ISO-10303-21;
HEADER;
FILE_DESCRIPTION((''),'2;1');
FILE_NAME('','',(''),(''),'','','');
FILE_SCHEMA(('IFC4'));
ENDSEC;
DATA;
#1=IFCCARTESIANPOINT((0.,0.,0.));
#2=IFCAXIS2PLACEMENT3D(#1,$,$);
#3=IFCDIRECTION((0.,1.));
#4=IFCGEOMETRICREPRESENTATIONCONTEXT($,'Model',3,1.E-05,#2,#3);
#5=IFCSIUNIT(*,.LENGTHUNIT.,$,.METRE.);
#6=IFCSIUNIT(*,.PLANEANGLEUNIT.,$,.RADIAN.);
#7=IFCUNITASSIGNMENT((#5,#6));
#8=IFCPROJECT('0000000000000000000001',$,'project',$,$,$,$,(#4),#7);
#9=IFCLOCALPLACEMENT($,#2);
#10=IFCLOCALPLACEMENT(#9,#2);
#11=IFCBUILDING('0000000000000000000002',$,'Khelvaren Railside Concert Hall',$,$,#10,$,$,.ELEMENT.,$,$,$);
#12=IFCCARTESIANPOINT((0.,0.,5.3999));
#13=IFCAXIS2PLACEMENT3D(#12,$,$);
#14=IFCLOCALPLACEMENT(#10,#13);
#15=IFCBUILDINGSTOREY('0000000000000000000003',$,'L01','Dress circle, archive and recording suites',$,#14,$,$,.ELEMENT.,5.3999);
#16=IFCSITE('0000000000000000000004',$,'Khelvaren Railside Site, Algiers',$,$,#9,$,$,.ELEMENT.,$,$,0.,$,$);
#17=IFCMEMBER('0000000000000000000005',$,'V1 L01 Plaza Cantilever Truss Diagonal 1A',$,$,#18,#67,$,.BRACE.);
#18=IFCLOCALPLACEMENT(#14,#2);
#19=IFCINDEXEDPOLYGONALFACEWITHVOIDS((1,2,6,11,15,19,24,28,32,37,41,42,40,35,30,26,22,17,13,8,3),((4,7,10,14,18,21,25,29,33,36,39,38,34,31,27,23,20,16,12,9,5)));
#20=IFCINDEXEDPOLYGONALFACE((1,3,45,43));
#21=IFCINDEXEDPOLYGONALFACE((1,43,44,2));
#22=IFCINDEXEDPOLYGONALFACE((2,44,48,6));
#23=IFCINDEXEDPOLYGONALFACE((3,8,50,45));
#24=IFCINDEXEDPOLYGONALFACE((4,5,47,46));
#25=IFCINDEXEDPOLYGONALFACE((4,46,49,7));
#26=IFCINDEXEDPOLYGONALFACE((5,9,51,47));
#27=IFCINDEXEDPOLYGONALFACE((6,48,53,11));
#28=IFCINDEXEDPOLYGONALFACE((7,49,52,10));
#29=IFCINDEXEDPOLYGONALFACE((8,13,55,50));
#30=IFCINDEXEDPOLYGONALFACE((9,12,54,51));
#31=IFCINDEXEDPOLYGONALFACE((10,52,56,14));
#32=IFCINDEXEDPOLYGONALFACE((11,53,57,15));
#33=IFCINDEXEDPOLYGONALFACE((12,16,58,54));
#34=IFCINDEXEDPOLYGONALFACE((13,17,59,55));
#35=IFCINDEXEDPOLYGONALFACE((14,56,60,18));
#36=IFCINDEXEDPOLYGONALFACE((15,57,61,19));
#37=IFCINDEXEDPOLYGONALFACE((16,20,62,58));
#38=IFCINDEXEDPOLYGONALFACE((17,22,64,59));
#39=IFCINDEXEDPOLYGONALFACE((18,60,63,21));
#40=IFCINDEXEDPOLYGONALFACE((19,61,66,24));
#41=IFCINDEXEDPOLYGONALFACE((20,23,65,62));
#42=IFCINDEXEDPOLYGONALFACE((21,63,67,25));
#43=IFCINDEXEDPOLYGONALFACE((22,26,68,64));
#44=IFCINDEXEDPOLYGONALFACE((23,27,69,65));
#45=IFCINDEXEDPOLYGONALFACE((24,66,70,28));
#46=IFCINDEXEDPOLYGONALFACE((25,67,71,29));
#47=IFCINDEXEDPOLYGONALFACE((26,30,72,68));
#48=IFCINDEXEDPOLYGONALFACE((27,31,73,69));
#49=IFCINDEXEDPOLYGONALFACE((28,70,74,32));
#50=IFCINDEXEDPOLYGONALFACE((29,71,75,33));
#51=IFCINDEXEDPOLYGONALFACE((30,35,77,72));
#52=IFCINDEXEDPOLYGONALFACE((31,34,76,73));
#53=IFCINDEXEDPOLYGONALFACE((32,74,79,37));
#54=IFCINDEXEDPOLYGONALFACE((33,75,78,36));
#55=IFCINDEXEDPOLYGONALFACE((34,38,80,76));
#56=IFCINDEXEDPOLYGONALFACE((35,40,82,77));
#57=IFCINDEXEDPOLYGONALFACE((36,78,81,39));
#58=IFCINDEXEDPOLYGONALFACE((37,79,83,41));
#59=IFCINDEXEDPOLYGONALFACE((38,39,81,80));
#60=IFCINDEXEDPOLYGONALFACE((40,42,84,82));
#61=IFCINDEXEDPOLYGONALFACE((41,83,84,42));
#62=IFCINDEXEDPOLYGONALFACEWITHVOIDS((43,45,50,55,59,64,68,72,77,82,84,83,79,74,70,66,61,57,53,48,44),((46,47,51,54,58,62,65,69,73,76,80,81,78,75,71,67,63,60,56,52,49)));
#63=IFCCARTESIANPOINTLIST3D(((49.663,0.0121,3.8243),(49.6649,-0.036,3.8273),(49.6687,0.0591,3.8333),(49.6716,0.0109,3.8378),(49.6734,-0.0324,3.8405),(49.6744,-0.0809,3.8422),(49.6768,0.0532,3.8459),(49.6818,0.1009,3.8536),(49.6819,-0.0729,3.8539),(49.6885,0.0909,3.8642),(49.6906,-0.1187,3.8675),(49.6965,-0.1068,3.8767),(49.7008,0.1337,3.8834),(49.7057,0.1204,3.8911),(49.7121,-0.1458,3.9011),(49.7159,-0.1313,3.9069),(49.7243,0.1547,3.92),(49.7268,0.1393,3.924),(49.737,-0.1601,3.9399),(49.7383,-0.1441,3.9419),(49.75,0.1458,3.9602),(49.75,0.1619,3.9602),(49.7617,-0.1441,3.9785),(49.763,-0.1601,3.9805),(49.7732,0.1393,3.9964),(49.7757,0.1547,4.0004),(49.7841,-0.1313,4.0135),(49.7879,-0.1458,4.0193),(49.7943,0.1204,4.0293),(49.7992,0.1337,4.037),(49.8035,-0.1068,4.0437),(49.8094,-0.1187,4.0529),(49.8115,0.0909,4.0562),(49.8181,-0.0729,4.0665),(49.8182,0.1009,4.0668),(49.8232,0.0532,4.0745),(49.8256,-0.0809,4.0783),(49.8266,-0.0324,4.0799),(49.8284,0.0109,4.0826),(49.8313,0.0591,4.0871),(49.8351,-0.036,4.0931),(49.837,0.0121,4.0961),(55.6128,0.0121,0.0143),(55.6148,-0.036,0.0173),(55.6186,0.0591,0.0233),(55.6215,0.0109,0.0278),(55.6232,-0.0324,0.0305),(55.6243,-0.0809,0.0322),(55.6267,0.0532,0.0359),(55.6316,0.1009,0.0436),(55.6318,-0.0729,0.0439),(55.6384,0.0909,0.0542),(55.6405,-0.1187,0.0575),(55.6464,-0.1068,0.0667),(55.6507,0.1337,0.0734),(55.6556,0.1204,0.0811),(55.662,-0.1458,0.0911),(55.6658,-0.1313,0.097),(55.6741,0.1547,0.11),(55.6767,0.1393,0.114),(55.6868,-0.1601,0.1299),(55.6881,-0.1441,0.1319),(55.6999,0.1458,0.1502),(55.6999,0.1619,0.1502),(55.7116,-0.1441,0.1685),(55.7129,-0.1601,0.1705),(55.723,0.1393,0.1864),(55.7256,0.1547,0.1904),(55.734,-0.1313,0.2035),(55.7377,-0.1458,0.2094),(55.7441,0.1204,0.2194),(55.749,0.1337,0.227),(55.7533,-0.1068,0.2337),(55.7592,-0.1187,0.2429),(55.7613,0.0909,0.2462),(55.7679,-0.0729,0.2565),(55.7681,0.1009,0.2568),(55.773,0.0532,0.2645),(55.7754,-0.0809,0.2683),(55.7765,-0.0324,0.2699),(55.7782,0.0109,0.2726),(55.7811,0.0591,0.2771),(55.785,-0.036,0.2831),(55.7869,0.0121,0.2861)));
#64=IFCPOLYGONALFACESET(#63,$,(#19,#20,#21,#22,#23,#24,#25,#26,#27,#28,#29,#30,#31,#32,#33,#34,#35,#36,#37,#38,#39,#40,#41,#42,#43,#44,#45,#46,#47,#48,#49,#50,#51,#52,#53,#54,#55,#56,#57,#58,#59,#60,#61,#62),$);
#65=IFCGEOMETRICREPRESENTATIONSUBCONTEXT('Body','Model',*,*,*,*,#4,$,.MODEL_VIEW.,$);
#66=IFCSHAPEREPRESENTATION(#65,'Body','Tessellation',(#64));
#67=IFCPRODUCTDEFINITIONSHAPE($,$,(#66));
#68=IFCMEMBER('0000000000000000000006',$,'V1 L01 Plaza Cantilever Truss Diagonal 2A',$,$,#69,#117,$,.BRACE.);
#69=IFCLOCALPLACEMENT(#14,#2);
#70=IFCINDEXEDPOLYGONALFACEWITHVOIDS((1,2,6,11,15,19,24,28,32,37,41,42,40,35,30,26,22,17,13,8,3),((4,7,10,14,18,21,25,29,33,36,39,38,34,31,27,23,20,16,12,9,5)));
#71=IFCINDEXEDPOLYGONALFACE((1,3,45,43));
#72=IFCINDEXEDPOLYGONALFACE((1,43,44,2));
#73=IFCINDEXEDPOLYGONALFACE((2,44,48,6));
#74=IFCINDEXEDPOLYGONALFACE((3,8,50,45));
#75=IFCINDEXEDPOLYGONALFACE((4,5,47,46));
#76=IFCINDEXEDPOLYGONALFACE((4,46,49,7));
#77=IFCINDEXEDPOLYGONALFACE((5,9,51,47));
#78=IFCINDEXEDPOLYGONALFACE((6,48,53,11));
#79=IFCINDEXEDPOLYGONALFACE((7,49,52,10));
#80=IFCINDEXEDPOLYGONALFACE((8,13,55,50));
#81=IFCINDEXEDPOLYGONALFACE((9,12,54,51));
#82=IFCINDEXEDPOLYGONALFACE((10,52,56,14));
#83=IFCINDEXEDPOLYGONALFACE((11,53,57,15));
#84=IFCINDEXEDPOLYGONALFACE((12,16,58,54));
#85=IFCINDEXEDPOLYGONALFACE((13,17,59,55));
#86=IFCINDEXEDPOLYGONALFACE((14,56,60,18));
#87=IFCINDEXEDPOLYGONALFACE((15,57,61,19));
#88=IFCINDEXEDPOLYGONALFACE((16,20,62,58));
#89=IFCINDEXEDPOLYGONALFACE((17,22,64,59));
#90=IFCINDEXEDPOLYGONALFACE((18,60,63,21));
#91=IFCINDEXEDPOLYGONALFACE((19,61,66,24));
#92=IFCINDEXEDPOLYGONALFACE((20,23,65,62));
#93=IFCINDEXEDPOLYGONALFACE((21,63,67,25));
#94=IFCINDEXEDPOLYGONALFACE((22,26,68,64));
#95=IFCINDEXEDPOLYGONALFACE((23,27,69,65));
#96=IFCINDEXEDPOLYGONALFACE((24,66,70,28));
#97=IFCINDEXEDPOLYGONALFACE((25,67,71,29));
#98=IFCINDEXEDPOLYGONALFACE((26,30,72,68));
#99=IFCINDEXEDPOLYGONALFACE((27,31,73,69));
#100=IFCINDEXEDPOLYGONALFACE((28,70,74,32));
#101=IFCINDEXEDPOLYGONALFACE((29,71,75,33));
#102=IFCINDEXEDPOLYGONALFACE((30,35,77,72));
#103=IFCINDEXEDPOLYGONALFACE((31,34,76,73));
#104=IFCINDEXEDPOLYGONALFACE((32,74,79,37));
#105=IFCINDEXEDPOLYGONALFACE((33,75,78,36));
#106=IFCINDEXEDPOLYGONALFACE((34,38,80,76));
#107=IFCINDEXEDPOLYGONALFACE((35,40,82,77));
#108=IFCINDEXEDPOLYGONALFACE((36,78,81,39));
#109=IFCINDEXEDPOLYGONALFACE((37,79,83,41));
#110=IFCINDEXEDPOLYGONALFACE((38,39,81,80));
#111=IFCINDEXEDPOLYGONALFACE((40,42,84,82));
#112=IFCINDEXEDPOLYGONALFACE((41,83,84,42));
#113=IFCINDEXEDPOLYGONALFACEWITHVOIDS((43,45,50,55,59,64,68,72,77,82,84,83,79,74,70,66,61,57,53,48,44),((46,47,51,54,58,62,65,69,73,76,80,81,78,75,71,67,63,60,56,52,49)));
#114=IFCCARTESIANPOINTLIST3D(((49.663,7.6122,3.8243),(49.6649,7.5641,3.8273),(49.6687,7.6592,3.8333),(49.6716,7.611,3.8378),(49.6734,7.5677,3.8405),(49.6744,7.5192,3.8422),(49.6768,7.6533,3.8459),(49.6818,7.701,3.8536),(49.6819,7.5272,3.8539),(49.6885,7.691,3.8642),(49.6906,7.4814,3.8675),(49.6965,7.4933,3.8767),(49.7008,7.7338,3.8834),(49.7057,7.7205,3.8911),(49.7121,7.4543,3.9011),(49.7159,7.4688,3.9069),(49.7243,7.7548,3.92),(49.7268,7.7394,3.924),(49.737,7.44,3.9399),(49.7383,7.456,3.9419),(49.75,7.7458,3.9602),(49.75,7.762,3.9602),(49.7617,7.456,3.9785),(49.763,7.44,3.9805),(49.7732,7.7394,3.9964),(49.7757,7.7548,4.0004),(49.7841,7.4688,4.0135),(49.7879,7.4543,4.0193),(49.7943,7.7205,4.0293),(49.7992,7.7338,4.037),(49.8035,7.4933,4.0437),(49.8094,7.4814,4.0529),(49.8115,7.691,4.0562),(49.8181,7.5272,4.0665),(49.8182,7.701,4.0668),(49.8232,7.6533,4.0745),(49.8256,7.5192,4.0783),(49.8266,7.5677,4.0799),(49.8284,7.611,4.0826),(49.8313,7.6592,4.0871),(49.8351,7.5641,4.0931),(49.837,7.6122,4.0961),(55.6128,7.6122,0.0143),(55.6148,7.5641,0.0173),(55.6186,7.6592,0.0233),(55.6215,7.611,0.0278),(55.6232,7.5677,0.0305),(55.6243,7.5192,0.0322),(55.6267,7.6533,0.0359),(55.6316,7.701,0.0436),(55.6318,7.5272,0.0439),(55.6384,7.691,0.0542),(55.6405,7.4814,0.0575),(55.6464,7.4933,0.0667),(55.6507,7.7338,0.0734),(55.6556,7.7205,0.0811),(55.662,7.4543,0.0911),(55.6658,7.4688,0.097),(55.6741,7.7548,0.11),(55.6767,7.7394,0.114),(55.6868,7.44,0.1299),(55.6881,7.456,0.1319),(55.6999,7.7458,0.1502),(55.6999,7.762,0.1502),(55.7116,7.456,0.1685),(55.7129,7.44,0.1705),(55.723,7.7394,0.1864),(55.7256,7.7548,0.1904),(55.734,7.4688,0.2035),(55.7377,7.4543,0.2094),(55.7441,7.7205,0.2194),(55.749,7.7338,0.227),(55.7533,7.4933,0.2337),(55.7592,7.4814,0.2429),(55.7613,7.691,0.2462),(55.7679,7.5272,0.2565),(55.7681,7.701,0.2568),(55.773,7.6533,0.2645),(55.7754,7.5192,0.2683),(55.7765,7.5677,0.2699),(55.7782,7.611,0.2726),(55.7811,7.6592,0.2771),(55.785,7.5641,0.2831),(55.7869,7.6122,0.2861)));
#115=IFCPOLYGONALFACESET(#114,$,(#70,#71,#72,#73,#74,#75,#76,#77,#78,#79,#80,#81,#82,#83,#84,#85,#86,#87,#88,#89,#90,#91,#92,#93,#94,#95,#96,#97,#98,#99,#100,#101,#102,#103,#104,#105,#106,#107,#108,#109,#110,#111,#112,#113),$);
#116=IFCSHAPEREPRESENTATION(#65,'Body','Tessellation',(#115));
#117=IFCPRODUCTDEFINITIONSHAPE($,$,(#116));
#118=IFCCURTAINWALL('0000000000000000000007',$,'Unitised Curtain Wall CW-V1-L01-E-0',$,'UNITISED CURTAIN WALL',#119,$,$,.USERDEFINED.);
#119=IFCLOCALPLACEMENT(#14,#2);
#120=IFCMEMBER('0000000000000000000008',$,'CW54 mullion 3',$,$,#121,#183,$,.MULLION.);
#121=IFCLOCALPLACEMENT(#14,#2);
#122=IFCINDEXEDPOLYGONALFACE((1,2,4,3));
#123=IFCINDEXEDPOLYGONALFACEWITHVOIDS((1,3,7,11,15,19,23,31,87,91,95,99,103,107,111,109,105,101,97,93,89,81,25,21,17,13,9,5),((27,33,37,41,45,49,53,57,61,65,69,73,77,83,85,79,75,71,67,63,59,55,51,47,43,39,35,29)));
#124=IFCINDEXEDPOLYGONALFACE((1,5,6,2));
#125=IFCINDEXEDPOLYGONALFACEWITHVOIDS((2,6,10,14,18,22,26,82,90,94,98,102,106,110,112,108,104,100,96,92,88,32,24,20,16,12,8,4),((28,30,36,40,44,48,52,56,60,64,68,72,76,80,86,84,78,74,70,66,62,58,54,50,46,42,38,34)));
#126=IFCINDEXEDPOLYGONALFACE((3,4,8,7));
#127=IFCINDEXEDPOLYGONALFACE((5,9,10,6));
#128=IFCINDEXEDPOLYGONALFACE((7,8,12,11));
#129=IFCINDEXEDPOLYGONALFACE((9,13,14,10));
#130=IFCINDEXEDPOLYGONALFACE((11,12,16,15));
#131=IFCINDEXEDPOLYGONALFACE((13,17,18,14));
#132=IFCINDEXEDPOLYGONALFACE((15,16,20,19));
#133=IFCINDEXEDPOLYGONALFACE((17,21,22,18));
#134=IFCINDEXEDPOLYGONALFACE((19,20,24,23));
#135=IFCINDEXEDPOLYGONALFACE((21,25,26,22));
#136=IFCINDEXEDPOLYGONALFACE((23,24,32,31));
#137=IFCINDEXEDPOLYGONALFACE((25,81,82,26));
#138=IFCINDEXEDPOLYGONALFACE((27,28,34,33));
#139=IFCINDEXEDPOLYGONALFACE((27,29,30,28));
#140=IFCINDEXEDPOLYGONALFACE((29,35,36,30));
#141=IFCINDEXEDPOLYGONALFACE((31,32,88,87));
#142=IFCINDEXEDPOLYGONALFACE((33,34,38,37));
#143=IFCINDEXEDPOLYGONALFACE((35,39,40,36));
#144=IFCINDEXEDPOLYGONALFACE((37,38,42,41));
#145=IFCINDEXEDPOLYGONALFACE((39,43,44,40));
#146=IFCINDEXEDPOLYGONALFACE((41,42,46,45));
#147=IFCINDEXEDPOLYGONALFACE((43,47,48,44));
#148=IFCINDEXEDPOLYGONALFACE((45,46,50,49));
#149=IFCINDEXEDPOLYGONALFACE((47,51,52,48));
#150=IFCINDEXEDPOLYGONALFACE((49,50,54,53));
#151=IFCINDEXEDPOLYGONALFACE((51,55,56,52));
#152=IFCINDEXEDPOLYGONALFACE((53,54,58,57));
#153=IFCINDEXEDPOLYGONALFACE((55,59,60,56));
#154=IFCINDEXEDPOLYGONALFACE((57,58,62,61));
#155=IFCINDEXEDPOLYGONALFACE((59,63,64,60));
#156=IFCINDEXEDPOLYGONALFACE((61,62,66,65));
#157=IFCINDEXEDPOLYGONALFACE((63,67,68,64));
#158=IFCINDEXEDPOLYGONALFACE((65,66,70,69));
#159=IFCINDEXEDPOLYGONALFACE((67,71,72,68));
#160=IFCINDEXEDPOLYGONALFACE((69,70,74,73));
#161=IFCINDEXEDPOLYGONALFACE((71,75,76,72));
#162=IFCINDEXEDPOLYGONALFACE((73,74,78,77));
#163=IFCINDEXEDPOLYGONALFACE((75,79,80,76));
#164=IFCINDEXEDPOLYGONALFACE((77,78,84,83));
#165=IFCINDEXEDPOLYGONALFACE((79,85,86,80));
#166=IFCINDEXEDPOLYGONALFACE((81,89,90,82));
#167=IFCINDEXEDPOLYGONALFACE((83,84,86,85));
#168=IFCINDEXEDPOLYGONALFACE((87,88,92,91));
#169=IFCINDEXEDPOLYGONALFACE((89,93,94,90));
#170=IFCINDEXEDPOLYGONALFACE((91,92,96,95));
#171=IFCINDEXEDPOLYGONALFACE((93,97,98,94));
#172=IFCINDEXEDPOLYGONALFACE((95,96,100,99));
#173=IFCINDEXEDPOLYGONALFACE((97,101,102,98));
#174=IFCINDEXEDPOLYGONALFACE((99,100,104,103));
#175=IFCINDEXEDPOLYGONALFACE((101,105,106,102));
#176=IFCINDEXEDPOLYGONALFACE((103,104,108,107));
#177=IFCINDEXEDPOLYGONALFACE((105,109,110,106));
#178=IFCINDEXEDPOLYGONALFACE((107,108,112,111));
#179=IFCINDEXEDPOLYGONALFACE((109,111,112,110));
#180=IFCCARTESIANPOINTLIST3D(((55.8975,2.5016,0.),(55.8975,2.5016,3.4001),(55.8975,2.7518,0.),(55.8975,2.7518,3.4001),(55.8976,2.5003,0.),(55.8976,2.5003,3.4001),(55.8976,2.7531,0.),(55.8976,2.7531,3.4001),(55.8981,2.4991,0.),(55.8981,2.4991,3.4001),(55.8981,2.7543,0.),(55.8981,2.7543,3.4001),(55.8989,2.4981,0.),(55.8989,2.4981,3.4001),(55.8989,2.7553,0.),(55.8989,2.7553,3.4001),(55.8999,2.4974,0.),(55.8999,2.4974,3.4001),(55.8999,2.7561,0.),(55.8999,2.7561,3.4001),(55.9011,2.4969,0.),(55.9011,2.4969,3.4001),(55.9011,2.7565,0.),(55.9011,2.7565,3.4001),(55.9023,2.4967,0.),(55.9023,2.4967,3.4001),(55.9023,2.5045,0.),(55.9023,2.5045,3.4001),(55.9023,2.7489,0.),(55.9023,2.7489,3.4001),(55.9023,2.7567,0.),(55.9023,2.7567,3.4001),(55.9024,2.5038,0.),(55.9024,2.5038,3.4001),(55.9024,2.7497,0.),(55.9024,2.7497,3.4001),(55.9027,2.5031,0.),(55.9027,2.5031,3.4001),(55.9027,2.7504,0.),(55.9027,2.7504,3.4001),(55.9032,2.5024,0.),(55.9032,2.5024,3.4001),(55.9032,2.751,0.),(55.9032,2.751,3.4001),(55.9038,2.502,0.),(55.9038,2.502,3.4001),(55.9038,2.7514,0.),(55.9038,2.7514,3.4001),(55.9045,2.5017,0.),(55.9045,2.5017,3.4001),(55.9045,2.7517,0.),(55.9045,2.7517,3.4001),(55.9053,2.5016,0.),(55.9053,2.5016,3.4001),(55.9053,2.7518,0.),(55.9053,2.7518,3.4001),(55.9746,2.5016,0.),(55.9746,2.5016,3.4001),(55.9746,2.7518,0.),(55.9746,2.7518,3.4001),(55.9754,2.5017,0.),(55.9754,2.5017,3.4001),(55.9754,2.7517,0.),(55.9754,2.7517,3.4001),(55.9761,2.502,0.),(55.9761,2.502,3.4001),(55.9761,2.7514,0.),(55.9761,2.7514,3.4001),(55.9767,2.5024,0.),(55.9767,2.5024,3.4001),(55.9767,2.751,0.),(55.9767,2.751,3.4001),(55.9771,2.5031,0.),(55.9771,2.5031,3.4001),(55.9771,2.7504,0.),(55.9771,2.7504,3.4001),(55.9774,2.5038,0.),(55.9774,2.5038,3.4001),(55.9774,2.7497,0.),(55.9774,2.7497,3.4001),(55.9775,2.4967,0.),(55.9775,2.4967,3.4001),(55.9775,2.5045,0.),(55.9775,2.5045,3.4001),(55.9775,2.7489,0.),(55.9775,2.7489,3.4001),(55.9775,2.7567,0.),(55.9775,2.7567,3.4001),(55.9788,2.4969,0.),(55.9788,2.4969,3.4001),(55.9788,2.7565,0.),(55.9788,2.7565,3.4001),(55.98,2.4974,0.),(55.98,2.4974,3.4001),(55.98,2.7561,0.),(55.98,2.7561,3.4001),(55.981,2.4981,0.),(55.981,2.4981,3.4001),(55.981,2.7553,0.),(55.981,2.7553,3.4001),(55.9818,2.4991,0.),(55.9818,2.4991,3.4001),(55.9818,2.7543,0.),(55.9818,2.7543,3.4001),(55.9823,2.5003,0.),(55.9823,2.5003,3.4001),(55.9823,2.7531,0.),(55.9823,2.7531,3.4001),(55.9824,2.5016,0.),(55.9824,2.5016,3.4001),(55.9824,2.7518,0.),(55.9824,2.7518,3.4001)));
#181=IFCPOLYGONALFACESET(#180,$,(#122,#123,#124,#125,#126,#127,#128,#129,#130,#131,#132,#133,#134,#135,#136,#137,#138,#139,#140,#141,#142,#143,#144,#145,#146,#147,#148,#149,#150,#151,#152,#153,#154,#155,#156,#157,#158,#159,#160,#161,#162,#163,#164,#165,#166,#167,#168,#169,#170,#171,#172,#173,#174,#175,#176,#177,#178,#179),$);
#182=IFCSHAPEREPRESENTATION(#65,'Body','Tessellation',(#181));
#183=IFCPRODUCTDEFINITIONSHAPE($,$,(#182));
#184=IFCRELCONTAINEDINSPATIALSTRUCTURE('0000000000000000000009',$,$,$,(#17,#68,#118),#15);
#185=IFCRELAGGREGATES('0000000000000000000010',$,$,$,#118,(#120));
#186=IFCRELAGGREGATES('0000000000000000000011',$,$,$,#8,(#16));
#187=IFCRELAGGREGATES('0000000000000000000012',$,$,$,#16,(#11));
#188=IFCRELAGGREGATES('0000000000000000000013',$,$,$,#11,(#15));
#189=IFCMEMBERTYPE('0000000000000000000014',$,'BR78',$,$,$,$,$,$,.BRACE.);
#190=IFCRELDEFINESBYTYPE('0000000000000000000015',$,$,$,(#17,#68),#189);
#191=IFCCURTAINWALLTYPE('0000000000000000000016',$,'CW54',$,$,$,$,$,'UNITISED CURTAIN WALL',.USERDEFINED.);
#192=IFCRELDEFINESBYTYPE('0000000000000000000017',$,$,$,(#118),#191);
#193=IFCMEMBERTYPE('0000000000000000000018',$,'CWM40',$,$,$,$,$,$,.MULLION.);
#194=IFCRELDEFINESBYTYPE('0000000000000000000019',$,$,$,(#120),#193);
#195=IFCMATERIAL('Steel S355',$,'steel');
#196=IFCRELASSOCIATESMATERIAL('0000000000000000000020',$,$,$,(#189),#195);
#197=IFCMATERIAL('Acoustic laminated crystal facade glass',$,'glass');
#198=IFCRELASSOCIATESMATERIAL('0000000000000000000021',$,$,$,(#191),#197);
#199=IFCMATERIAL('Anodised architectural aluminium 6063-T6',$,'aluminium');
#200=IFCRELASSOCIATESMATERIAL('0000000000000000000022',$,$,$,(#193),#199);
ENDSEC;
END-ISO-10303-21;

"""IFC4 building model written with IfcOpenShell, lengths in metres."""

from ifc_helpers import new_model, si_unit, direction, frame, origin, origin_2d, place, context, subcontext, project, spatial, hollow_rectangle, hollow_circle, extrude, material, material_profile, profile_set, type_object, element, aggregate, save


model = new_model("IFC4")

# Units and contexts
model_context = context("Model", 3, precision=1e-05, world=origin(), true_north=direction((0.0, 1.0)))
body_context = subcontext(model_context, "Body", "Model", "MODEL_VIEW")
ifc_project = project(units=[si_unit("LENGTHUNIT", "METRE"), si_unit("PLANEANGLEUNIT", "RADIAN")], contexts=[model_context])

# Site, building, storey
site_placement = place(None, origin())
site = spatial("IfcSite", under=ifc_project, at=site_placement, Name="Khelvaren Railside Site, Algiers", CompositionType="ELEMENT", RefElevation=0.0)
building_placement = place(site_placement, origin())
building = spatial("IfcBuilding", under=site, at=building_placement, Name="Khelvaren Railside Concert Hall", CompositionType="ELEMENT")
storey_placement = place(building_placement, frame((0.0, 0.0, 5.3999)))
storey = spatial("IfcBuildingStorey", under=building, at=storey_placement, Name="L01", Description="Dress circle, archive and recording suites", CompositionType="ELEMENT", Elevation=5.3999)

# Members
ifc_material_1 = material(Name="Steel S355", Category="steel")
ifc_material_profile_1 = material_profile(ifc_material_1, hollow_circle(Radius=0.1619, WallThickness=0.0161, at=origin_2d()), Name="CHS 323.9x16")
ifc_profile_set_1 = profile_set([ifc_material_profile_1], Name="Steel S355")
member_type_1 = type_object("IfcMemberType", Name="BR78", PredefinedType="BRACE", material=ifc_profile_set_1)
for number, where, z_axis, x_axis, name in (
    (1, (49.75, 0.0, 3.9602), (0.842137, 0.0, -0.539264), (0.0, 1.0, 0.0), "V1 L01 Plaza Cantilever Truss Diagonal 1A"),
    (2, (49.75, 7.6001, 3.9602), (0.842137, 0.0, -0.539264), (0.0, 1.0, 0.0), "V1 L01 Plaza Cantilever Truss Diagonal 2A"),
):
    element("IfcMember", number, at=place(storey_placement, frame(where, z_axis=z_axis, x_axis=x_axis)), inside=storey, type_object=member_type_1, Name=name, PredefinedType="BRACE", context=body_context, shape_type="SweptSolid", body=[
        extrude(hollow_circle(Radius=0.1619, WallThickness=0.0161, at=origin_2d()), origin(), (0.0, 0.0, 1.0), 7.0652),
    ])

# Curtain wall, member
ifc_material_2 = material(Name="Acoustic laminated crystal facade glass", Category="glass")
curtain_wall_type = type_object("IfcCurtainWallType", Name="CW54", ElementType="UNITISED CURTAIN WALL", PredefinedType="USERDEFINED", material=ifc_material_2)
curtain_wall_placement = place(storey_placement, origin())
curtain_wall = element("IfcCurtainWall", 3, at=curtain_wall_placement, inside=storey, type_object=curtain_wall_type, Name="Unitised Curtain Wall CW-V1-L01-E-0", ObjectType="UNITISED CURTAIN WALL", PredefinedType="USERDEFINED")
ifc_material_3 = material(Name="Anodised architectural aluminium 6063-T6", Category="aluminium")
ifc_material_profile_2 = material_profile(ifc_material_3, hollow_rectangle(XDim=0.085, YDim=0.26, WallThickness=0.0049, InnerFilletRadius=0.0029, OuterFilletRadius=0.0049, at=origin_2d()), Name="CWM 85x260x5")
ifc_profile_set_2 = profile_set([ifc_material_profile_2], Name="Anodised architectural aluminium 6063-T6")
member_type_2 = type_object("IfcMemberType", Name="CWM40", PredefinedType="MULLION", material=ifc_profile_set_2)
member_1_placement = place(storey_placement, frame((55.9399, 2.6267, 0.0), z_axis=(0.0, 0.0, 1.0), x_axis=(1.0, 0.0, 0.0)))
member_1 = element("IfcMember", 4, at=member_1_placement, type_object=member_type_2, Name="CW54 mullion 3", PredefinedType="MULLION", context=body_context, shape_type="SweptSolid", body=[
    extrude(hollow_rectangle(XDim=0.085, YDim=0.26, WallThickness=0.0049, InnerFilletRadius=0.0029, OuterFilletRadius=0.0049, at=origin_2d()), origin(), (0.0, 0.0, 1.0), 3.4001),
])

aggregate(curtain_wall, [member_1])

save(model, "model.ifc")
